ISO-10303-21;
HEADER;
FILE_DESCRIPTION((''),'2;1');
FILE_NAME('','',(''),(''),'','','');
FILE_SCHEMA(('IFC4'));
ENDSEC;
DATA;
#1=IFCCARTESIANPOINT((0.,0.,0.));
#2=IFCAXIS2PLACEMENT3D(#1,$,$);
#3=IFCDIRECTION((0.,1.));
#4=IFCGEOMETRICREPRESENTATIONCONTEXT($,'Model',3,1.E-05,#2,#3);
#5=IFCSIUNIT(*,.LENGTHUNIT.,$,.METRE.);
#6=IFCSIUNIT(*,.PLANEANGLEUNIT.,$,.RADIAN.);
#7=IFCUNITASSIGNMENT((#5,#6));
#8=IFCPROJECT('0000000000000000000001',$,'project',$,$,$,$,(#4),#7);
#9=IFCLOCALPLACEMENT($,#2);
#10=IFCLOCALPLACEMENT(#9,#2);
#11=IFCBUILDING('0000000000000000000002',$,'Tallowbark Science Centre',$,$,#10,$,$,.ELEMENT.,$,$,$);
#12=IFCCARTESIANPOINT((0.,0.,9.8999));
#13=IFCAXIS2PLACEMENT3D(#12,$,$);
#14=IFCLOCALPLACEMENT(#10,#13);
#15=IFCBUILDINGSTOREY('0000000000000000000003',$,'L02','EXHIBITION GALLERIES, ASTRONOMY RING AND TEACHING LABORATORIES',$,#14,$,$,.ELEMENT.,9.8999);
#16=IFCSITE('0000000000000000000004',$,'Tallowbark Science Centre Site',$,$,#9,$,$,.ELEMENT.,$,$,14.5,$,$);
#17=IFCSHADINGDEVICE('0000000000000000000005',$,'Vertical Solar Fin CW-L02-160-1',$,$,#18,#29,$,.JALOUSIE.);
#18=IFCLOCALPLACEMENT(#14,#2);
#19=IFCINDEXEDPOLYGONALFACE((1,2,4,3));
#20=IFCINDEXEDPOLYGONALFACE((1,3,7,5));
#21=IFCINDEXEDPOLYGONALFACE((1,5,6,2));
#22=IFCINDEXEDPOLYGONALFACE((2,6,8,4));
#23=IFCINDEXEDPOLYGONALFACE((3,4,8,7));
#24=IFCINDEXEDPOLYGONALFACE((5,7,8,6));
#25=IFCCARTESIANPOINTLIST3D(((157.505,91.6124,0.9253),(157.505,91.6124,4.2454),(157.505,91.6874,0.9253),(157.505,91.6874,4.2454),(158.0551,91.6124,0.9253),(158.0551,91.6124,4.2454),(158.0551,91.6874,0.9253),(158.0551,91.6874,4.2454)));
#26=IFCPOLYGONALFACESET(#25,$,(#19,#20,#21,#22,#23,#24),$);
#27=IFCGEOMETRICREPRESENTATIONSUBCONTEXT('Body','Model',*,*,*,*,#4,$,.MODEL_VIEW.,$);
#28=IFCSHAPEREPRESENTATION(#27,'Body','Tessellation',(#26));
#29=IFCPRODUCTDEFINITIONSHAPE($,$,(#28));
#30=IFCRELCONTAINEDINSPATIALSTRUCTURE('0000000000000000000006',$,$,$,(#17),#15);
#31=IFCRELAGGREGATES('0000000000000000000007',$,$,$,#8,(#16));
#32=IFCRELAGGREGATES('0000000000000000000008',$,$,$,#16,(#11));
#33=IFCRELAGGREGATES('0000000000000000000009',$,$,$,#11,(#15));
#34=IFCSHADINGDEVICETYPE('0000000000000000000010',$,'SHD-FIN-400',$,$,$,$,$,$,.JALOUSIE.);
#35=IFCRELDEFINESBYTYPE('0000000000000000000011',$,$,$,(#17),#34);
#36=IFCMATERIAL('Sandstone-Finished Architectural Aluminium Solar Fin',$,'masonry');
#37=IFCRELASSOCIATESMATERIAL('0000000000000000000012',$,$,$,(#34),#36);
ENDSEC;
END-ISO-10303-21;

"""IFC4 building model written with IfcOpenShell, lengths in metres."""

from ifc_helpers import new_model, si_unit, direction, frame, origin, origin_2d, place, context, subcontext, project, spatial, rectangle, extrude, material, type_object, element, save


model = new_model("IFC4")

# Units and contexts
model_context = context("Model", 3, precision=1e-05, world=origin(), true_north=direction((0.0, 1.0)))
body_context = subcontext(model_context, "Body", "Model", "MODEL_VIEW")
ifc_project = project(units=[si_unit("LENGTHUNIT", "METRE"), si_unit("PLANEANGLEUNIT", "RADIAN")], contexts=[model_context])

# Site, building, storey
site_placement = place(None, origin())
site = spatial("IfcSite", under=ifc_project, at=site_placement, Name="Tallowbark Science Centre Site", CompositionType="ELEMENT", RefElevation=14.5)
building_placement = place(site_placement, origin())
building = spatial("IfcBuilding", under=site, at=building_placement, Name="Tallowbark Science Centre", CompositionType="ELEMENT")
storey_placement = place(building_placement, frame((0.0, 0.0, 9.8999)))
storey = spatial("IfcBuildingStorey", under=building, at=storey_placement, Name="L02", Description="EXHIBITION GALLERIES, ASTRONOMY RING AND TEACHING LABORATORIES", CompositionType="ELEMENT", Elevation=9.8999)

# Shading device
ifc_material_1 = material(Name="Sandstone-Finished Architectural Aluminium Solar Fin", Category="masonry")
shading_device_type = type_object("IfcShadingDeviceType", Name="SHD-FIN-400", PredefinedType="JALOUSIE", material=ifc_material_1)
shading_device_placement = place(storey_placement, frame((157.78, 91.6499, 0.9253), z_axis=(0.0, 0.0, 1.0), x_axis=(0.0, 1.0, 0.0)))
element("IfcShadingDevice", 1, at=shading_device_placement, inside=storey, type_object=shading_device_type, Name="Vertical Solar Fin CW-L02-160-1", PredefinedType="JALOUSIE", context=body_context, shape_type="SweptSolid", body=[
    extrude(rectangle(XDim=0.075, YDim=0.55, at=origin_2d()), origin(), (0.0, 0.0, 1.0), 3.3201),
])

save(model, "model.ifc")
